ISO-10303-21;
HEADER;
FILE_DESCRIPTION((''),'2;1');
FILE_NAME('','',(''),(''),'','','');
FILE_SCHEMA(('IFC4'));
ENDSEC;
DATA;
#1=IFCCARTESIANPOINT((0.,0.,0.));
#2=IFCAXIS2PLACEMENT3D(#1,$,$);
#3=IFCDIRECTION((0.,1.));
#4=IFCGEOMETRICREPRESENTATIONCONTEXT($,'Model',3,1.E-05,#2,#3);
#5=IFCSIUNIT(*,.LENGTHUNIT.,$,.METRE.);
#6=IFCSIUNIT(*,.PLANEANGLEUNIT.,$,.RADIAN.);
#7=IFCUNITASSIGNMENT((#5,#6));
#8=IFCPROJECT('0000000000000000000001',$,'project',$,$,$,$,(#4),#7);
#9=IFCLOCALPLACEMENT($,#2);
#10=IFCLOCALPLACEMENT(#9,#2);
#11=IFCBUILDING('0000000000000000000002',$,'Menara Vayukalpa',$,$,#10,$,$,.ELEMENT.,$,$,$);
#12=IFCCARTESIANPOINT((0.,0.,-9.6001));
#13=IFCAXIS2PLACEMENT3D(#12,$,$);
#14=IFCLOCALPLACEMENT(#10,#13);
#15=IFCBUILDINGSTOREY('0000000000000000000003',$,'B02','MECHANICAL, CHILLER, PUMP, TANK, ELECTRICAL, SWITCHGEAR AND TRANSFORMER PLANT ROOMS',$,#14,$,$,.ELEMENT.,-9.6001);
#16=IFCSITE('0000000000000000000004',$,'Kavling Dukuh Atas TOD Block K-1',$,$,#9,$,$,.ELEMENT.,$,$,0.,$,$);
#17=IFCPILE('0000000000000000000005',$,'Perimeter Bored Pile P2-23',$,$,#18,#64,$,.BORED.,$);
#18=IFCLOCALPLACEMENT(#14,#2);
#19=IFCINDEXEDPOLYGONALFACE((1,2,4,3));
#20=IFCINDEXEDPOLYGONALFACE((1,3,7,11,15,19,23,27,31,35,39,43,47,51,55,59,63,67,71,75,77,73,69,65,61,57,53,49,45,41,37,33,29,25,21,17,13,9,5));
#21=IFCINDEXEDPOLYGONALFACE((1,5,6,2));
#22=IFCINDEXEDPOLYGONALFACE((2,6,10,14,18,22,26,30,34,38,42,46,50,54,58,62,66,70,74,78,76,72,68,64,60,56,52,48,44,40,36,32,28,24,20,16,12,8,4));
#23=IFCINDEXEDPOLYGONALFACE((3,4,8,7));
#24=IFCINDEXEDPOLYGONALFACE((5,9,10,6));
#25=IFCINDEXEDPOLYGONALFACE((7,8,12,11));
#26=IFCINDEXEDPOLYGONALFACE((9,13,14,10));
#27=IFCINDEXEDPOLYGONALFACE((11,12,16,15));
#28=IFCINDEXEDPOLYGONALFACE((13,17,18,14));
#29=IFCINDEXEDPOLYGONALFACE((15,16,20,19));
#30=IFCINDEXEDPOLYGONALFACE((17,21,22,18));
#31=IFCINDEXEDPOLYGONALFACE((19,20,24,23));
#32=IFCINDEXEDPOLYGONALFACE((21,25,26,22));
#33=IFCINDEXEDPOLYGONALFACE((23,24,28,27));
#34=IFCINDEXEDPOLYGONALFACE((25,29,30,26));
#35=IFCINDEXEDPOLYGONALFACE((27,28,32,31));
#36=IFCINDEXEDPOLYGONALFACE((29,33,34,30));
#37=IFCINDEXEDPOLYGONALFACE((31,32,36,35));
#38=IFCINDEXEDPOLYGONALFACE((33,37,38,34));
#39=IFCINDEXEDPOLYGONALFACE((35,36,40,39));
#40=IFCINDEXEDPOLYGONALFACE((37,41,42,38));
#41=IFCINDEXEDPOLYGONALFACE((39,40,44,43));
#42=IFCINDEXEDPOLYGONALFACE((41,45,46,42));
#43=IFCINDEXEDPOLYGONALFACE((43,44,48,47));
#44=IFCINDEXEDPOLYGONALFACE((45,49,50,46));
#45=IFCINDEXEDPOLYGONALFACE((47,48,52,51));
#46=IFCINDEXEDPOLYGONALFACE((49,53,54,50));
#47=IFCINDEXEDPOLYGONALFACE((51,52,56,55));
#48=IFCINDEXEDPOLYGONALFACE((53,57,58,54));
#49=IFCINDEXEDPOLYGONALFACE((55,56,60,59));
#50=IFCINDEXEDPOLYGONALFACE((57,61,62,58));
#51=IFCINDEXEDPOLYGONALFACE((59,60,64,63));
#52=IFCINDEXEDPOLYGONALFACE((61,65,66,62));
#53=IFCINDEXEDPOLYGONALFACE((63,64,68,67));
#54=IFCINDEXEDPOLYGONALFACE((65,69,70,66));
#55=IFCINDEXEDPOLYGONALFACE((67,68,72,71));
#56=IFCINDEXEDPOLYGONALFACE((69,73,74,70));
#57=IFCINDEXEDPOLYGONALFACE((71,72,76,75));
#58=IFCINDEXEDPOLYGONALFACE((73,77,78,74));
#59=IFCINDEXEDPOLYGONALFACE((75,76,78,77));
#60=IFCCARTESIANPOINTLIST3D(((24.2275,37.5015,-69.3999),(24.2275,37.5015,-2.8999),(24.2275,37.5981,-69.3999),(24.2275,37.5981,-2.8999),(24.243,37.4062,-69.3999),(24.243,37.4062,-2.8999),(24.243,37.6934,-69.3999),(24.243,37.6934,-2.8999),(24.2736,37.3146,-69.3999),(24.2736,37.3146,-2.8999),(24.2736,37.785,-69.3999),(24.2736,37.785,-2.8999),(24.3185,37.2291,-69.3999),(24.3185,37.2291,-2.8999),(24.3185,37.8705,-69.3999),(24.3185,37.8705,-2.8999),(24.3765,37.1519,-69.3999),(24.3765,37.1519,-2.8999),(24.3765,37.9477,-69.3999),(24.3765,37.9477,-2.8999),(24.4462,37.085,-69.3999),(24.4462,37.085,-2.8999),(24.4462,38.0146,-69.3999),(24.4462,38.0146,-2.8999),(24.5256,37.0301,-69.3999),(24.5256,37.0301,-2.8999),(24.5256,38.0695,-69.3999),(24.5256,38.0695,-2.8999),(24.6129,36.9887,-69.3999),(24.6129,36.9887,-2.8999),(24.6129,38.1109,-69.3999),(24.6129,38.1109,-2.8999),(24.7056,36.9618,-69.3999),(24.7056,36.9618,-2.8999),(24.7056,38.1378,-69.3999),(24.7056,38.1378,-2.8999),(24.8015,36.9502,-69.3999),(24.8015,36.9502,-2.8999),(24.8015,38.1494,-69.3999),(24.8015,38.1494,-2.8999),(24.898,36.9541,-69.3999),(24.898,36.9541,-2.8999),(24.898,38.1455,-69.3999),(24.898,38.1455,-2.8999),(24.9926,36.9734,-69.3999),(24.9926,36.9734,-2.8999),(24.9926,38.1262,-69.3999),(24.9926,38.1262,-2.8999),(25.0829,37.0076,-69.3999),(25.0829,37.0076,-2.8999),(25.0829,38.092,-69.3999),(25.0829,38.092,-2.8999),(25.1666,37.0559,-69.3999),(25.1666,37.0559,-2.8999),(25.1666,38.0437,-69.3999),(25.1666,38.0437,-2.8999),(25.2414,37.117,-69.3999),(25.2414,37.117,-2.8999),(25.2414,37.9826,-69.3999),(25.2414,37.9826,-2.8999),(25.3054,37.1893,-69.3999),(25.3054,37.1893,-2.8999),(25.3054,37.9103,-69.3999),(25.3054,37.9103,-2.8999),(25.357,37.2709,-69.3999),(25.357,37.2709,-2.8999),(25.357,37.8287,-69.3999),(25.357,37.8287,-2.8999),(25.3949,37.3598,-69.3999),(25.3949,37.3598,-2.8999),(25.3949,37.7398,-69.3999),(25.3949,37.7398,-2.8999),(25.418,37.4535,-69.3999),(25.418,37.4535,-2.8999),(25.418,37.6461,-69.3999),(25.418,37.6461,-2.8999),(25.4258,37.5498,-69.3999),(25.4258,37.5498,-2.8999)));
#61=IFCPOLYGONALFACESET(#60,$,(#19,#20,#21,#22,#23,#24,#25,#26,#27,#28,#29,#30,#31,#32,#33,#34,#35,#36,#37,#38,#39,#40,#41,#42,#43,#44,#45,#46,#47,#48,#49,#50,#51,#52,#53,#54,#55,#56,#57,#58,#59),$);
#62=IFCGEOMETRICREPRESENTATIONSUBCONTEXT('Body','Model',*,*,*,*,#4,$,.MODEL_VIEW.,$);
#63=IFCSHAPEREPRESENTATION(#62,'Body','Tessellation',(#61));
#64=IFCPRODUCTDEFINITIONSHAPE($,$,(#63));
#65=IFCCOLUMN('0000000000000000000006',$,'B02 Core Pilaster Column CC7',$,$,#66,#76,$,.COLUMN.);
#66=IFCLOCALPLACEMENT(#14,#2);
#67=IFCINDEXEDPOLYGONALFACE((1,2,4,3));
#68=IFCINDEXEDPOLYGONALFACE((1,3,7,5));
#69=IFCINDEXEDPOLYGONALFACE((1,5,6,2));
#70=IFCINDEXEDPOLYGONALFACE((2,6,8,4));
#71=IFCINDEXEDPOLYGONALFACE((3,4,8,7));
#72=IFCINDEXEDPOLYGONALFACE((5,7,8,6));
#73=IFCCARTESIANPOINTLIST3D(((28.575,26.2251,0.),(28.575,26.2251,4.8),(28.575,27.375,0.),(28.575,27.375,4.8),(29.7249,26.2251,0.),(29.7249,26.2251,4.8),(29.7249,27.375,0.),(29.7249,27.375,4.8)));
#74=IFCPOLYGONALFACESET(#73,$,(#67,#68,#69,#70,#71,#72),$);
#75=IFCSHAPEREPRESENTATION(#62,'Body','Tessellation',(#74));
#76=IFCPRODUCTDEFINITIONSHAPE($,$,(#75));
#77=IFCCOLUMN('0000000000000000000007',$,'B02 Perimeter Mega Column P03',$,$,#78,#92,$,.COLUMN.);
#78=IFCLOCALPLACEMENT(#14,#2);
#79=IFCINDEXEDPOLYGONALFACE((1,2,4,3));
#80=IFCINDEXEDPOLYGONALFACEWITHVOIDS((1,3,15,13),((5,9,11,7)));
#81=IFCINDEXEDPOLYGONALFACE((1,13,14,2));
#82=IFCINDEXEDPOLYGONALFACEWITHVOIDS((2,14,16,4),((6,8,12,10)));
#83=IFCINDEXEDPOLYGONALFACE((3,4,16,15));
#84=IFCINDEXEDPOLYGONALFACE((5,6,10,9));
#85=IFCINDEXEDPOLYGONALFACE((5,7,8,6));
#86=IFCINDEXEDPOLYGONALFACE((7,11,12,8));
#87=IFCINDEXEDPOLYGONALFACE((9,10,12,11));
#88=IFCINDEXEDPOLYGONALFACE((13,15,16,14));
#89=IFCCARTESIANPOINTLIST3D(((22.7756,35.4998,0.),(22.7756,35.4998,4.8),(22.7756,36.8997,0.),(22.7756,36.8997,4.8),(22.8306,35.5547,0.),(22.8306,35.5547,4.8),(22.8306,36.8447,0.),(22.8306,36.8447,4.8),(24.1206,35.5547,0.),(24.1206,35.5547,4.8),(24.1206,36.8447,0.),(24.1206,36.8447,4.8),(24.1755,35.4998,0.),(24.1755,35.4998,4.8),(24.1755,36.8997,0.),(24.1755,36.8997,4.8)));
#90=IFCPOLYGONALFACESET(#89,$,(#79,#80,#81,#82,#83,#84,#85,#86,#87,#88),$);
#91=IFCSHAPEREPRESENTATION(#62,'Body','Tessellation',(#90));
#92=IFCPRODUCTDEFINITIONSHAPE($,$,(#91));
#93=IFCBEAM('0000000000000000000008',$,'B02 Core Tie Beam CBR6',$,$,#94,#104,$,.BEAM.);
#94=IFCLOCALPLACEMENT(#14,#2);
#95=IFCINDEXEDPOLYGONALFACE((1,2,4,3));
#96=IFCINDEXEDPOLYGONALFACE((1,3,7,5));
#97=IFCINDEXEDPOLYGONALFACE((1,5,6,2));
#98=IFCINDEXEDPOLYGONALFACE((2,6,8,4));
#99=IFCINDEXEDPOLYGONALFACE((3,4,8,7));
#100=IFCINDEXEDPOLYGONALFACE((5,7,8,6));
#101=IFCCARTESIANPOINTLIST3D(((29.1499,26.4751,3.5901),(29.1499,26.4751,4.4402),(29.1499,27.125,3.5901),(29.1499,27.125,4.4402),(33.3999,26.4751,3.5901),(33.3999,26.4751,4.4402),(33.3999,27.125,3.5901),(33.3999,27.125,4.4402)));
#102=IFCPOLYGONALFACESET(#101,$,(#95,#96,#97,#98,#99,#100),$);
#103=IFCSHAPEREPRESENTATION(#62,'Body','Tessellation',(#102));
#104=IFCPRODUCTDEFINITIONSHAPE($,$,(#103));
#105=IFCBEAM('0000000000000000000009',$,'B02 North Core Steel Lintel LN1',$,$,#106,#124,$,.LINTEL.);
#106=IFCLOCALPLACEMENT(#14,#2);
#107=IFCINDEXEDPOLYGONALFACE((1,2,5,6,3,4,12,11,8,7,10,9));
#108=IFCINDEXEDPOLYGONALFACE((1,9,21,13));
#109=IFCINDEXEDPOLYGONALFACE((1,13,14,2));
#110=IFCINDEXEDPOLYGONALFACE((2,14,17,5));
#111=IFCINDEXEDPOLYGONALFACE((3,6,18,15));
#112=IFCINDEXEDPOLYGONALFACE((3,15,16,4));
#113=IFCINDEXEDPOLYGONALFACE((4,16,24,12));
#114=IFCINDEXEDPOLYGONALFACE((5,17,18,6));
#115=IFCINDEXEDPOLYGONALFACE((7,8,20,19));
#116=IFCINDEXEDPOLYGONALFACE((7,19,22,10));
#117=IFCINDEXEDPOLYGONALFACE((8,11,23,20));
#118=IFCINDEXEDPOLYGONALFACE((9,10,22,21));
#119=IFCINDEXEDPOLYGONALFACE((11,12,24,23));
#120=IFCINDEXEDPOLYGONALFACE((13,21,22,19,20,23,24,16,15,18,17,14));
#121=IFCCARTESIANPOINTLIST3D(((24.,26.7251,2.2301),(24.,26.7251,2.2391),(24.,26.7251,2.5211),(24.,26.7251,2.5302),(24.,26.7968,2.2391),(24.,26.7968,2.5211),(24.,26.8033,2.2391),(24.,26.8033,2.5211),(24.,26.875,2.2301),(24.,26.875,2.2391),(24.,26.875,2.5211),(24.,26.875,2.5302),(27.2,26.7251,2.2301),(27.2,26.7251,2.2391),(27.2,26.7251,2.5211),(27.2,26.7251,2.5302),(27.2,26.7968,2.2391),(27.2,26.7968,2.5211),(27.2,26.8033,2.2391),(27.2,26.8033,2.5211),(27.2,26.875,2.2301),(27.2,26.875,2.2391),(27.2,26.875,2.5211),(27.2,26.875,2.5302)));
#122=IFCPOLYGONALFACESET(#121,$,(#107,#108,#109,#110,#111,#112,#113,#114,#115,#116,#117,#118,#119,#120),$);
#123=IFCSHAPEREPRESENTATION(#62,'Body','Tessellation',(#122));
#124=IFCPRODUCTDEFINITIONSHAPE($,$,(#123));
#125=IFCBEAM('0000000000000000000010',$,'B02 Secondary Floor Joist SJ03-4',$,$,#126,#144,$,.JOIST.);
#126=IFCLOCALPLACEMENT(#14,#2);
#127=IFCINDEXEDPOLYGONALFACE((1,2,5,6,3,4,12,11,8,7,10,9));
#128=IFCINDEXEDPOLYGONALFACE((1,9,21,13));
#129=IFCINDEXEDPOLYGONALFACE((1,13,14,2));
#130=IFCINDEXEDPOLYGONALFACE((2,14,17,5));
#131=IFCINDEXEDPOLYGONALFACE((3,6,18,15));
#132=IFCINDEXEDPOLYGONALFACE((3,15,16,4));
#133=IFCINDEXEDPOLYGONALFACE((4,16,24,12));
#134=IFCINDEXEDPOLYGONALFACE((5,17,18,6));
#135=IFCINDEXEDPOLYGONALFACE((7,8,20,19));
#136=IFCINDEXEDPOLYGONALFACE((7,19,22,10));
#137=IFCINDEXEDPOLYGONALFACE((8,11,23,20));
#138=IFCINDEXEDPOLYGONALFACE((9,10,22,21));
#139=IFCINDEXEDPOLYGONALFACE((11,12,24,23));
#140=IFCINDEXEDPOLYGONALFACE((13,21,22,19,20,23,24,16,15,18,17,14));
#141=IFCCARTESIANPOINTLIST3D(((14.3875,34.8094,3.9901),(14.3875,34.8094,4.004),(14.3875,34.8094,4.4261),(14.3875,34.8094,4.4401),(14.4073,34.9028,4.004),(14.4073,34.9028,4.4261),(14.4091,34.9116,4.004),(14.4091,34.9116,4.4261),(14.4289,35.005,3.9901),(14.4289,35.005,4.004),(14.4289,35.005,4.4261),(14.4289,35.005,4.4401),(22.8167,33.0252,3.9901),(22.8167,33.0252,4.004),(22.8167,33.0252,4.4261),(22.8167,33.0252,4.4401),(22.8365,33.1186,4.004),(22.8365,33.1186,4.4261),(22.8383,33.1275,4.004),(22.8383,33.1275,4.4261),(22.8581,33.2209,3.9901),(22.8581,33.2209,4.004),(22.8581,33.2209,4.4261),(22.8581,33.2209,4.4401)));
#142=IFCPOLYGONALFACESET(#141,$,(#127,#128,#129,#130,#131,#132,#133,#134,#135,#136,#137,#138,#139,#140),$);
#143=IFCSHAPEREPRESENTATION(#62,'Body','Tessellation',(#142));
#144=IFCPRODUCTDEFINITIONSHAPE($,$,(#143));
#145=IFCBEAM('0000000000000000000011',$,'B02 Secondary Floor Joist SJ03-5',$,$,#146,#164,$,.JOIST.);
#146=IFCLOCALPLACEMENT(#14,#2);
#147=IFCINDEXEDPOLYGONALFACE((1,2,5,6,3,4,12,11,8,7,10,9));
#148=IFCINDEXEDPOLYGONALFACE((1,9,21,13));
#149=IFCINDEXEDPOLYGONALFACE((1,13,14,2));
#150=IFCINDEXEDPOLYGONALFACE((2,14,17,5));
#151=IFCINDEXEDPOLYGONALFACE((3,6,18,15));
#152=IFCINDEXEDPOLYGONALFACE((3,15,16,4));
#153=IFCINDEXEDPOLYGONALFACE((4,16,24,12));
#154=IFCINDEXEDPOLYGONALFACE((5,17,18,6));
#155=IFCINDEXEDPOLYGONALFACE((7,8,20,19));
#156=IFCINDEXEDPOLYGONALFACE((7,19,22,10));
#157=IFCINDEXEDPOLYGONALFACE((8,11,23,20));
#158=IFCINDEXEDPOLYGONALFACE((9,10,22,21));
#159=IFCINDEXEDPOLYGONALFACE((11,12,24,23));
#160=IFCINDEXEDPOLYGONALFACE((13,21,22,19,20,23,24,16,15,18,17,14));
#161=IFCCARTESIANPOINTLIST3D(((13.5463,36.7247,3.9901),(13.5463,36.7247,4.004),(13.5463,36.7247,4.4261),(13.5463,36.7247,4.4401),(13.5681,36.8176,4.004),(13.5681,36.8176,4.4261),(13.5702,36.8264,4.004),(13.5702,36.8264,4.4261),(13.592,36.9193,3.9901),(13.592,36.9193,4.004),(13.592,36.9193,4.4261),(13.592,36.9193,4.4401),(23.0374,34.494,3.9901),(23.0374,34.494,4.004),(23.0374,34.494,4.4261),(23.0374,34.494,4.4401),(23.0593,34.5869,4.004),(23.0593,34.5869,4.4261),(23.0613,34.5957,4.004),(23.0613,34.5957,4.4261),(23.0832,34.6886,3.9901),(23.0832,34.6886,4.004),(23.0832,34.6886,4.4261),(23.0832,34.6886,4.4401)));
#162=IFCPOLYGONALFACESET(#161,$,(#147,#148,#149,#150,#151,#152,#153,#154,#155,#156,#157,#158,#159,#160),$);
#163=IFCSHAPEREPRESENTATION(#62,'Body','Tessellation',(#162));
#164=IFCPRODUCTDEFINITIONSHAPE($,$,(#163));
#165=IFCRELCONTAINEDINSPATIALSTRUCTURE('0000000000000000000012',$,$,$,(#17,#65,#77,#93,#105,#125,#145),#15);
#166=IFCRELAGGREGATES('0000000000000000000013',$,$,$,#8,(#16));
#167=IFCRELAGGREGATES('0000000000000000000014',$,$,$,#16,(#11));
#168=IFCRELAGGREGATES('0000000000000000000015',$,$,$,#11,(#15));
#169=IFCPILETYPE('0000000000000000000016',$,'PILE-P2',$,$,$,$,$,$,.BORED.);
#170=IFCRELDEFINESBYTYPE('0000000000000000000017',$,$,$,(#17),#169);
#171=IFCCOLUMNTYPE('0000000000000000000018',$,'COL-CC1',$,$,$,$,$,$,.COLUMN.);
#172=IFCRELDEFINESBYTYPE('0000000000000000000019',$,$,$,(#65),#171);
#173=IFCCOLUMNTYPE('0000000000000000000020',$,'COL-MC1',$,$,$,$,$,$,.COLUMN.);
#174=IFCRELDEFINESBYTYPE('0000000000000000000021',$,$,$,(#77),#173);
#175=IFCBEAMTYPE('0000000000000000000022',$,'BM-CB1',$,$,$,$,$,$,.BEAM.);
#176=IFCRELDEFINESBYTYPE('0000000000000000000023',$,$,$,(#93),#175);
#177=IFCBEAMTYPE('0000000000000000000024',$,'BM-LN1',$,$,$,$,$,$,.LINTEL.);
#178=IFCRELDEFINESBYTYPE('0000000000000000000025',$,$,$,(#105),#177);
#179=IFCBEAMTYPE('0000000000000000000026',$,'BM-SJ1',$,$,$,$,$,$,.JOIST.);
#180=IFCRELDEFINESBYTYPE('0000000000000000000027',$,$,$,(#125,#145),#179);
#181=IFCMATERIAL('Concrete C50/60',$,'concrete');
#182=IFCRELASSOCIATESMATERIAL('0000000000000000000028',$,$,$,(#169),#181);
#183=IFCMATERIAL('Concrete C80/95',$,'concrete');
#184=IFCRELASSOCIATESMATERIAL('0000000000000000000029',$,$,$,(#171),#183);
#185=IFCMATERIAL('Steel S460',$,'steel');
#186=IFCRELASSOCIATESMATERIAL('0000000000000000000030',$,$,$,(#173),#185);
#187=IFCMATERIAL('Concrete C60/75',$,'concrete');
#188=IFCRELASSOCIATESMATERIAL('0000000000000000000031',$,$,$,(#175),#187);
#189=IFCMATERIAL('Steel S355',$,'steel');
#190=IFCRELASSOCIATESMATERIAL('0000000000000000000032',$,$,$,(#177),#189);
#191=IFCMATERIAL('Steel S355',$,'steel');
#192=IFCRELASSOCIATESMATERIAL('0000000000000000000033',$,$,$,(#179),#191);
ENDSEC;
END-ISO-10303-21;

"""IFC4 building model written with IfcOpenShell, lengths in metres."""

from ifc_helpers import new_model, si_unit, direction, frame, origin, origin_2d, place, context, subcontext, project, spatial, rectangle, hollow_rectangle, circle, i_section, extrude, material, material_profile, profile_set, type_object, element, save


model = new_model("IFC4")

# Units and contexts
model_context = context("Model", 3, precision=1e-05, world=origin(), true_north=direction((0.0, 1.0)))
body_context = subcontext(model_context, "Body", "Model", "MODEL_VIEW")
ifc_project = project(units=[si_unit("LENGTHUNIT", "METRE"), si_unit("PLANEANGLEUNIT", "RADIAN")], contexts=[model_context])

# Site, building, storey
site_placement = place(None, origin())
site = spatial("IfcSite", under=ifc_project, at=site_placement, Name="Kavling Dukuh Atas TOD Block K-1", CompositionType="ELEMENT", RefElevation=0.0)
building_placement = place(site_placement, origin())
building = spatial("IfcBuilding", under=site, at=building_placement, Name="Menara Vayukalpa", CompositionType="ELEMENT")
storey_placement = place(building_placement, frame((0.0, 0.0, -9.6001)))
storey = spatial("IfcBuildingStorey", under=building, at=storey_placement, Name="B02", Description="MECHANICAL, CHILLER, PUMP, TANK, ELECTRICAL, SWITCHGEAR AND TRANSFORMER PLANT ROOMS", CompositionType="ELEMENT", Elevation=-9.6001)

# Pile
ifc_material_1 = material(Name="Concrete C50/60", Category="concrete")
ifc_material_profile_1 = material_profile(ifc_material_1, circle(Radius=0.6001, at=origin_2d()), Name="PILE D1200")
ifc_profile_set_1 = profile_set([ifc_material_profile_1], Name="Concrete C50/60")
pile_type_1 = type_object("IfcPileType", Name="PILE-P2", PredefinedType="BORED", material=ifc_profile_set_1)
for number, where, z_axis, x_axis, name in (
    (1, (24.8257, 37.5498, -2.8999), (0.0, 0.0, -1.0), (1.0, 0.0, 0.0), "Perimeter Bored Pile P2-23"),
):
    element("IfcPile", number, at=place(storey_placement, frame(where, z_axis=z_axis, x_axis=x_axis)), inside=storey, type_object=pile_type_1, Name=name, PredefinedType="BORED", context=body_context, shape_type="SweptSolid", body=[
        extrude(circle(Radius=0.6001, at=origin_2d()), origin(), (0.0, 0.0, 1.0), 66.5),
    ])

# Columns
ifc_material_2 = material(Name="Concrete C80/95", Category="concrete")
ifc_material_profile_2 = material_profile(ifc_material_2, rectangle(XDim=1.1499, YDim=1.1499, at=origin_2d()), Name="RC 1150x1150")
ifc_profile_set_2 = profile_set([ifc_material_profile_2], Name="Concrete C80/95")
column_type_1 = type_object("IfcColumnType", Name="COL-CC1", PredefinedType="COLUMN", material=ifc_profile_set_2)
column_1_placement = place(storey_placement, frame((29.1499, 26.8, 0.0), z_axis=(0.0, 0.0, 1.0), x_axis=(1.0, 0.0, 0.0)))
element("IfcColumn", 2, at=column_1_placement, inside=storey, type_object=column_type_1, Name="B02 Core Pilaster Column CC7", PredefinedType="COLUMN", context=body_context, shape_type="SweptSolid", body=[
    extrude(rectangle(XDim=1.1499, YDim=1.1499, at=origin_2d()), origin(), (0.0, 0.0, 1.0), 4.8),
])
ifc_material_3 = material(Name="Steel S460", Category="steel")
ifc_material_profile_3 = material_profile(ifc_material_3, hollow_rectangle(XDim=1.3999, YDim=1.3999, WallThickness=0.0549, at=origin_2d()), Name="BOX 1400x1400x55")
ifc_profile_set_3 = profile_set([ifc_material_profile_3], Name="Steel S460")
column_type_2 = type_object("IfcColumnType", Name="COL-MC1", PredefinedType="COLUMN", material=ifc_profile_set_3)
column_2_placement = place(storey_placement, frame((23.4756, 36.1997, 0.0), z_axis=(0.0, 0.0, 1.0), x_axis=(1.0, 0.0, 0.0)))
element("IfcColumn", 3, at=column_2_placement, inside=storey, type_object=column_type_2, Name="B02 Perimeter Mega Column P03", PredefinedType="COLUMN", context=body_context, shape_type="SweptSolid", body=[
    extrude(hollow_rectangle(XDim=1.3999, YDim=1.3999, WallThickness=0.0549, at=origin_2d()), origin(), (0.0, 0.0, 1.0), 4.8),
])

# Beams
ifc_material_4 = material(Name="Concrete C60/75", Category="concrete")
ifc_material_profile_4 = material_profile(ifc_material_4, rectangle(XDim=0.6499, YDim=0.8501, at=origin_2d()), Name="RC 650x850")
ifc_profile_set_4 = profile_set([ifc_material_profile_4], Name="Concrete C60/75")
beam_type_1 = type_object("IfcBeamType", Name="BM-CB1", PredefinedType="BEAM", material=ifc_profile_set_4)
beam_1_placement = place(storey_placement, frame((29.1499, 26.8, 4.0151), z_axis=(1.0, 0.0, 0.0), x_axis=(0.0, 1.0, 0.0)))
element("IfcBeam", 4, at=beam_1_placement, inside=storey, type_object=beam_type_1, Name="B02 Core Tie Beam CBR6", PredefinedType="BEAM", context=body_context, shape_type="SweptSolid", body=[
    extrude(rectangle(XDim=0.6499, YDim=0.8501, at=origin_2d()), origin(), (0.0, 0.0, 1.0), 4.25),
])
ifc_material_5 = material(Name="Steel S355", Category="steel")
ifc_material_profile_5 = material_profile(ifc_material_5, i_section(OverallWidth=0.1499, OverallDepth=0.3, WebThickness=0.0066, FlangeThickness=0.009, at=origin_2d()), Name="WF 300x150x6.5x9")
ifc_profile_set_5 = profile_set([ifc_material_profile_5], Name="Steel S355")
beam_type_2 = type_object("IfcBeamType", Name="BM-LN1", PredefinedType="LINTEL", material=ifc_profile_set_5)
beam_2_placement = place(storey_placement, frame((24.0, 26.8, 2.3801), z_axis=(1.0, 0.0, 0.0), x_axis=(0.0, 1.0, 0.0)))
element("IfcBeam", 5, at=beam_2_placement, inside=storey, type_object=beam_type_2, Name="B02 North Core Steel Lintel LN1", PredefinedType="LINTEL", context=body_context, shape_type="SweptSolid", body=[
    extrude(i_section(OverallWidth=0.1499, OverallDepth=0.3, WebThickness=0.0066, FlangeThickness=0.009, at=origin_2d()), origin(), (0.0, 0.0, 1.0), 3.2),
])
ifc_material_6 = material(Name="Steel S355", Category="steel")
ifc_material_profile_6 = material_profile(ifc_material_6, i_section(OverallWidth=0.2, OverallDepth=0.45, WebThickness=0.009, FlangeThickness=0.0139, at=origin_2d()), Name="WF 450x200x9x14")
ifc_profile_set_6 = profile_set([ifc_material_profile_6], Name="Steel S355")
beam_type_3 = type_object("IfcBeamType", Name="BM-SJ1", PredefinedType="JOIST", material=ifc_profile_set_6)
beam_3_placement = place(storey_placement, frame((22.8374, 33.123, 4.2151), z_axis=(-0.978324, 0.207079, 0.0), x_axis=(-0.207079, -0.978324, 0.0)))
element("IfcBeam", 6, at=beam_3_placement, inside=storey, type_object=beam_type_3, Name="B02 Secondary Floor Joist SJ03-4", PredefinedType="JOIST", context=body_context, shape_type="SweptSolid", body=[
    extrude(i_section(OverallWidth=0.2, OverallDepth=0.45, WebThickness=0.009, FlangeThickness=0.0139, at=origin_2d()), origin(), (0.0, 0.0, 1.0), 8.616),
])
beam_4_placement = place(storey_placement, frame((23.0603, 34.5913, 4.2151), z_axis=(-0.973475, 0.228795, 0.0), x_axis=(-0.228795, -0.973475, 0.0)))
element("IfcBeam", 7, at=beam_4_placement, inside=storey, type_object=beam_type_3, Name="B02 Secondary Floor Joist SJ03-5", PredefinedType="JOIST", context=body_context, shape_type="SweptSolid", body=[
    extrude(i_section(OverallWidth=0.2, OverallDepth=0.45, WebThickness=0.009, FlangeThickness=0.0139, at=origin_2d()), origin(), (0.0, 0.0, 1.0), 9.7498),
])

save(model, "model.ifc")
